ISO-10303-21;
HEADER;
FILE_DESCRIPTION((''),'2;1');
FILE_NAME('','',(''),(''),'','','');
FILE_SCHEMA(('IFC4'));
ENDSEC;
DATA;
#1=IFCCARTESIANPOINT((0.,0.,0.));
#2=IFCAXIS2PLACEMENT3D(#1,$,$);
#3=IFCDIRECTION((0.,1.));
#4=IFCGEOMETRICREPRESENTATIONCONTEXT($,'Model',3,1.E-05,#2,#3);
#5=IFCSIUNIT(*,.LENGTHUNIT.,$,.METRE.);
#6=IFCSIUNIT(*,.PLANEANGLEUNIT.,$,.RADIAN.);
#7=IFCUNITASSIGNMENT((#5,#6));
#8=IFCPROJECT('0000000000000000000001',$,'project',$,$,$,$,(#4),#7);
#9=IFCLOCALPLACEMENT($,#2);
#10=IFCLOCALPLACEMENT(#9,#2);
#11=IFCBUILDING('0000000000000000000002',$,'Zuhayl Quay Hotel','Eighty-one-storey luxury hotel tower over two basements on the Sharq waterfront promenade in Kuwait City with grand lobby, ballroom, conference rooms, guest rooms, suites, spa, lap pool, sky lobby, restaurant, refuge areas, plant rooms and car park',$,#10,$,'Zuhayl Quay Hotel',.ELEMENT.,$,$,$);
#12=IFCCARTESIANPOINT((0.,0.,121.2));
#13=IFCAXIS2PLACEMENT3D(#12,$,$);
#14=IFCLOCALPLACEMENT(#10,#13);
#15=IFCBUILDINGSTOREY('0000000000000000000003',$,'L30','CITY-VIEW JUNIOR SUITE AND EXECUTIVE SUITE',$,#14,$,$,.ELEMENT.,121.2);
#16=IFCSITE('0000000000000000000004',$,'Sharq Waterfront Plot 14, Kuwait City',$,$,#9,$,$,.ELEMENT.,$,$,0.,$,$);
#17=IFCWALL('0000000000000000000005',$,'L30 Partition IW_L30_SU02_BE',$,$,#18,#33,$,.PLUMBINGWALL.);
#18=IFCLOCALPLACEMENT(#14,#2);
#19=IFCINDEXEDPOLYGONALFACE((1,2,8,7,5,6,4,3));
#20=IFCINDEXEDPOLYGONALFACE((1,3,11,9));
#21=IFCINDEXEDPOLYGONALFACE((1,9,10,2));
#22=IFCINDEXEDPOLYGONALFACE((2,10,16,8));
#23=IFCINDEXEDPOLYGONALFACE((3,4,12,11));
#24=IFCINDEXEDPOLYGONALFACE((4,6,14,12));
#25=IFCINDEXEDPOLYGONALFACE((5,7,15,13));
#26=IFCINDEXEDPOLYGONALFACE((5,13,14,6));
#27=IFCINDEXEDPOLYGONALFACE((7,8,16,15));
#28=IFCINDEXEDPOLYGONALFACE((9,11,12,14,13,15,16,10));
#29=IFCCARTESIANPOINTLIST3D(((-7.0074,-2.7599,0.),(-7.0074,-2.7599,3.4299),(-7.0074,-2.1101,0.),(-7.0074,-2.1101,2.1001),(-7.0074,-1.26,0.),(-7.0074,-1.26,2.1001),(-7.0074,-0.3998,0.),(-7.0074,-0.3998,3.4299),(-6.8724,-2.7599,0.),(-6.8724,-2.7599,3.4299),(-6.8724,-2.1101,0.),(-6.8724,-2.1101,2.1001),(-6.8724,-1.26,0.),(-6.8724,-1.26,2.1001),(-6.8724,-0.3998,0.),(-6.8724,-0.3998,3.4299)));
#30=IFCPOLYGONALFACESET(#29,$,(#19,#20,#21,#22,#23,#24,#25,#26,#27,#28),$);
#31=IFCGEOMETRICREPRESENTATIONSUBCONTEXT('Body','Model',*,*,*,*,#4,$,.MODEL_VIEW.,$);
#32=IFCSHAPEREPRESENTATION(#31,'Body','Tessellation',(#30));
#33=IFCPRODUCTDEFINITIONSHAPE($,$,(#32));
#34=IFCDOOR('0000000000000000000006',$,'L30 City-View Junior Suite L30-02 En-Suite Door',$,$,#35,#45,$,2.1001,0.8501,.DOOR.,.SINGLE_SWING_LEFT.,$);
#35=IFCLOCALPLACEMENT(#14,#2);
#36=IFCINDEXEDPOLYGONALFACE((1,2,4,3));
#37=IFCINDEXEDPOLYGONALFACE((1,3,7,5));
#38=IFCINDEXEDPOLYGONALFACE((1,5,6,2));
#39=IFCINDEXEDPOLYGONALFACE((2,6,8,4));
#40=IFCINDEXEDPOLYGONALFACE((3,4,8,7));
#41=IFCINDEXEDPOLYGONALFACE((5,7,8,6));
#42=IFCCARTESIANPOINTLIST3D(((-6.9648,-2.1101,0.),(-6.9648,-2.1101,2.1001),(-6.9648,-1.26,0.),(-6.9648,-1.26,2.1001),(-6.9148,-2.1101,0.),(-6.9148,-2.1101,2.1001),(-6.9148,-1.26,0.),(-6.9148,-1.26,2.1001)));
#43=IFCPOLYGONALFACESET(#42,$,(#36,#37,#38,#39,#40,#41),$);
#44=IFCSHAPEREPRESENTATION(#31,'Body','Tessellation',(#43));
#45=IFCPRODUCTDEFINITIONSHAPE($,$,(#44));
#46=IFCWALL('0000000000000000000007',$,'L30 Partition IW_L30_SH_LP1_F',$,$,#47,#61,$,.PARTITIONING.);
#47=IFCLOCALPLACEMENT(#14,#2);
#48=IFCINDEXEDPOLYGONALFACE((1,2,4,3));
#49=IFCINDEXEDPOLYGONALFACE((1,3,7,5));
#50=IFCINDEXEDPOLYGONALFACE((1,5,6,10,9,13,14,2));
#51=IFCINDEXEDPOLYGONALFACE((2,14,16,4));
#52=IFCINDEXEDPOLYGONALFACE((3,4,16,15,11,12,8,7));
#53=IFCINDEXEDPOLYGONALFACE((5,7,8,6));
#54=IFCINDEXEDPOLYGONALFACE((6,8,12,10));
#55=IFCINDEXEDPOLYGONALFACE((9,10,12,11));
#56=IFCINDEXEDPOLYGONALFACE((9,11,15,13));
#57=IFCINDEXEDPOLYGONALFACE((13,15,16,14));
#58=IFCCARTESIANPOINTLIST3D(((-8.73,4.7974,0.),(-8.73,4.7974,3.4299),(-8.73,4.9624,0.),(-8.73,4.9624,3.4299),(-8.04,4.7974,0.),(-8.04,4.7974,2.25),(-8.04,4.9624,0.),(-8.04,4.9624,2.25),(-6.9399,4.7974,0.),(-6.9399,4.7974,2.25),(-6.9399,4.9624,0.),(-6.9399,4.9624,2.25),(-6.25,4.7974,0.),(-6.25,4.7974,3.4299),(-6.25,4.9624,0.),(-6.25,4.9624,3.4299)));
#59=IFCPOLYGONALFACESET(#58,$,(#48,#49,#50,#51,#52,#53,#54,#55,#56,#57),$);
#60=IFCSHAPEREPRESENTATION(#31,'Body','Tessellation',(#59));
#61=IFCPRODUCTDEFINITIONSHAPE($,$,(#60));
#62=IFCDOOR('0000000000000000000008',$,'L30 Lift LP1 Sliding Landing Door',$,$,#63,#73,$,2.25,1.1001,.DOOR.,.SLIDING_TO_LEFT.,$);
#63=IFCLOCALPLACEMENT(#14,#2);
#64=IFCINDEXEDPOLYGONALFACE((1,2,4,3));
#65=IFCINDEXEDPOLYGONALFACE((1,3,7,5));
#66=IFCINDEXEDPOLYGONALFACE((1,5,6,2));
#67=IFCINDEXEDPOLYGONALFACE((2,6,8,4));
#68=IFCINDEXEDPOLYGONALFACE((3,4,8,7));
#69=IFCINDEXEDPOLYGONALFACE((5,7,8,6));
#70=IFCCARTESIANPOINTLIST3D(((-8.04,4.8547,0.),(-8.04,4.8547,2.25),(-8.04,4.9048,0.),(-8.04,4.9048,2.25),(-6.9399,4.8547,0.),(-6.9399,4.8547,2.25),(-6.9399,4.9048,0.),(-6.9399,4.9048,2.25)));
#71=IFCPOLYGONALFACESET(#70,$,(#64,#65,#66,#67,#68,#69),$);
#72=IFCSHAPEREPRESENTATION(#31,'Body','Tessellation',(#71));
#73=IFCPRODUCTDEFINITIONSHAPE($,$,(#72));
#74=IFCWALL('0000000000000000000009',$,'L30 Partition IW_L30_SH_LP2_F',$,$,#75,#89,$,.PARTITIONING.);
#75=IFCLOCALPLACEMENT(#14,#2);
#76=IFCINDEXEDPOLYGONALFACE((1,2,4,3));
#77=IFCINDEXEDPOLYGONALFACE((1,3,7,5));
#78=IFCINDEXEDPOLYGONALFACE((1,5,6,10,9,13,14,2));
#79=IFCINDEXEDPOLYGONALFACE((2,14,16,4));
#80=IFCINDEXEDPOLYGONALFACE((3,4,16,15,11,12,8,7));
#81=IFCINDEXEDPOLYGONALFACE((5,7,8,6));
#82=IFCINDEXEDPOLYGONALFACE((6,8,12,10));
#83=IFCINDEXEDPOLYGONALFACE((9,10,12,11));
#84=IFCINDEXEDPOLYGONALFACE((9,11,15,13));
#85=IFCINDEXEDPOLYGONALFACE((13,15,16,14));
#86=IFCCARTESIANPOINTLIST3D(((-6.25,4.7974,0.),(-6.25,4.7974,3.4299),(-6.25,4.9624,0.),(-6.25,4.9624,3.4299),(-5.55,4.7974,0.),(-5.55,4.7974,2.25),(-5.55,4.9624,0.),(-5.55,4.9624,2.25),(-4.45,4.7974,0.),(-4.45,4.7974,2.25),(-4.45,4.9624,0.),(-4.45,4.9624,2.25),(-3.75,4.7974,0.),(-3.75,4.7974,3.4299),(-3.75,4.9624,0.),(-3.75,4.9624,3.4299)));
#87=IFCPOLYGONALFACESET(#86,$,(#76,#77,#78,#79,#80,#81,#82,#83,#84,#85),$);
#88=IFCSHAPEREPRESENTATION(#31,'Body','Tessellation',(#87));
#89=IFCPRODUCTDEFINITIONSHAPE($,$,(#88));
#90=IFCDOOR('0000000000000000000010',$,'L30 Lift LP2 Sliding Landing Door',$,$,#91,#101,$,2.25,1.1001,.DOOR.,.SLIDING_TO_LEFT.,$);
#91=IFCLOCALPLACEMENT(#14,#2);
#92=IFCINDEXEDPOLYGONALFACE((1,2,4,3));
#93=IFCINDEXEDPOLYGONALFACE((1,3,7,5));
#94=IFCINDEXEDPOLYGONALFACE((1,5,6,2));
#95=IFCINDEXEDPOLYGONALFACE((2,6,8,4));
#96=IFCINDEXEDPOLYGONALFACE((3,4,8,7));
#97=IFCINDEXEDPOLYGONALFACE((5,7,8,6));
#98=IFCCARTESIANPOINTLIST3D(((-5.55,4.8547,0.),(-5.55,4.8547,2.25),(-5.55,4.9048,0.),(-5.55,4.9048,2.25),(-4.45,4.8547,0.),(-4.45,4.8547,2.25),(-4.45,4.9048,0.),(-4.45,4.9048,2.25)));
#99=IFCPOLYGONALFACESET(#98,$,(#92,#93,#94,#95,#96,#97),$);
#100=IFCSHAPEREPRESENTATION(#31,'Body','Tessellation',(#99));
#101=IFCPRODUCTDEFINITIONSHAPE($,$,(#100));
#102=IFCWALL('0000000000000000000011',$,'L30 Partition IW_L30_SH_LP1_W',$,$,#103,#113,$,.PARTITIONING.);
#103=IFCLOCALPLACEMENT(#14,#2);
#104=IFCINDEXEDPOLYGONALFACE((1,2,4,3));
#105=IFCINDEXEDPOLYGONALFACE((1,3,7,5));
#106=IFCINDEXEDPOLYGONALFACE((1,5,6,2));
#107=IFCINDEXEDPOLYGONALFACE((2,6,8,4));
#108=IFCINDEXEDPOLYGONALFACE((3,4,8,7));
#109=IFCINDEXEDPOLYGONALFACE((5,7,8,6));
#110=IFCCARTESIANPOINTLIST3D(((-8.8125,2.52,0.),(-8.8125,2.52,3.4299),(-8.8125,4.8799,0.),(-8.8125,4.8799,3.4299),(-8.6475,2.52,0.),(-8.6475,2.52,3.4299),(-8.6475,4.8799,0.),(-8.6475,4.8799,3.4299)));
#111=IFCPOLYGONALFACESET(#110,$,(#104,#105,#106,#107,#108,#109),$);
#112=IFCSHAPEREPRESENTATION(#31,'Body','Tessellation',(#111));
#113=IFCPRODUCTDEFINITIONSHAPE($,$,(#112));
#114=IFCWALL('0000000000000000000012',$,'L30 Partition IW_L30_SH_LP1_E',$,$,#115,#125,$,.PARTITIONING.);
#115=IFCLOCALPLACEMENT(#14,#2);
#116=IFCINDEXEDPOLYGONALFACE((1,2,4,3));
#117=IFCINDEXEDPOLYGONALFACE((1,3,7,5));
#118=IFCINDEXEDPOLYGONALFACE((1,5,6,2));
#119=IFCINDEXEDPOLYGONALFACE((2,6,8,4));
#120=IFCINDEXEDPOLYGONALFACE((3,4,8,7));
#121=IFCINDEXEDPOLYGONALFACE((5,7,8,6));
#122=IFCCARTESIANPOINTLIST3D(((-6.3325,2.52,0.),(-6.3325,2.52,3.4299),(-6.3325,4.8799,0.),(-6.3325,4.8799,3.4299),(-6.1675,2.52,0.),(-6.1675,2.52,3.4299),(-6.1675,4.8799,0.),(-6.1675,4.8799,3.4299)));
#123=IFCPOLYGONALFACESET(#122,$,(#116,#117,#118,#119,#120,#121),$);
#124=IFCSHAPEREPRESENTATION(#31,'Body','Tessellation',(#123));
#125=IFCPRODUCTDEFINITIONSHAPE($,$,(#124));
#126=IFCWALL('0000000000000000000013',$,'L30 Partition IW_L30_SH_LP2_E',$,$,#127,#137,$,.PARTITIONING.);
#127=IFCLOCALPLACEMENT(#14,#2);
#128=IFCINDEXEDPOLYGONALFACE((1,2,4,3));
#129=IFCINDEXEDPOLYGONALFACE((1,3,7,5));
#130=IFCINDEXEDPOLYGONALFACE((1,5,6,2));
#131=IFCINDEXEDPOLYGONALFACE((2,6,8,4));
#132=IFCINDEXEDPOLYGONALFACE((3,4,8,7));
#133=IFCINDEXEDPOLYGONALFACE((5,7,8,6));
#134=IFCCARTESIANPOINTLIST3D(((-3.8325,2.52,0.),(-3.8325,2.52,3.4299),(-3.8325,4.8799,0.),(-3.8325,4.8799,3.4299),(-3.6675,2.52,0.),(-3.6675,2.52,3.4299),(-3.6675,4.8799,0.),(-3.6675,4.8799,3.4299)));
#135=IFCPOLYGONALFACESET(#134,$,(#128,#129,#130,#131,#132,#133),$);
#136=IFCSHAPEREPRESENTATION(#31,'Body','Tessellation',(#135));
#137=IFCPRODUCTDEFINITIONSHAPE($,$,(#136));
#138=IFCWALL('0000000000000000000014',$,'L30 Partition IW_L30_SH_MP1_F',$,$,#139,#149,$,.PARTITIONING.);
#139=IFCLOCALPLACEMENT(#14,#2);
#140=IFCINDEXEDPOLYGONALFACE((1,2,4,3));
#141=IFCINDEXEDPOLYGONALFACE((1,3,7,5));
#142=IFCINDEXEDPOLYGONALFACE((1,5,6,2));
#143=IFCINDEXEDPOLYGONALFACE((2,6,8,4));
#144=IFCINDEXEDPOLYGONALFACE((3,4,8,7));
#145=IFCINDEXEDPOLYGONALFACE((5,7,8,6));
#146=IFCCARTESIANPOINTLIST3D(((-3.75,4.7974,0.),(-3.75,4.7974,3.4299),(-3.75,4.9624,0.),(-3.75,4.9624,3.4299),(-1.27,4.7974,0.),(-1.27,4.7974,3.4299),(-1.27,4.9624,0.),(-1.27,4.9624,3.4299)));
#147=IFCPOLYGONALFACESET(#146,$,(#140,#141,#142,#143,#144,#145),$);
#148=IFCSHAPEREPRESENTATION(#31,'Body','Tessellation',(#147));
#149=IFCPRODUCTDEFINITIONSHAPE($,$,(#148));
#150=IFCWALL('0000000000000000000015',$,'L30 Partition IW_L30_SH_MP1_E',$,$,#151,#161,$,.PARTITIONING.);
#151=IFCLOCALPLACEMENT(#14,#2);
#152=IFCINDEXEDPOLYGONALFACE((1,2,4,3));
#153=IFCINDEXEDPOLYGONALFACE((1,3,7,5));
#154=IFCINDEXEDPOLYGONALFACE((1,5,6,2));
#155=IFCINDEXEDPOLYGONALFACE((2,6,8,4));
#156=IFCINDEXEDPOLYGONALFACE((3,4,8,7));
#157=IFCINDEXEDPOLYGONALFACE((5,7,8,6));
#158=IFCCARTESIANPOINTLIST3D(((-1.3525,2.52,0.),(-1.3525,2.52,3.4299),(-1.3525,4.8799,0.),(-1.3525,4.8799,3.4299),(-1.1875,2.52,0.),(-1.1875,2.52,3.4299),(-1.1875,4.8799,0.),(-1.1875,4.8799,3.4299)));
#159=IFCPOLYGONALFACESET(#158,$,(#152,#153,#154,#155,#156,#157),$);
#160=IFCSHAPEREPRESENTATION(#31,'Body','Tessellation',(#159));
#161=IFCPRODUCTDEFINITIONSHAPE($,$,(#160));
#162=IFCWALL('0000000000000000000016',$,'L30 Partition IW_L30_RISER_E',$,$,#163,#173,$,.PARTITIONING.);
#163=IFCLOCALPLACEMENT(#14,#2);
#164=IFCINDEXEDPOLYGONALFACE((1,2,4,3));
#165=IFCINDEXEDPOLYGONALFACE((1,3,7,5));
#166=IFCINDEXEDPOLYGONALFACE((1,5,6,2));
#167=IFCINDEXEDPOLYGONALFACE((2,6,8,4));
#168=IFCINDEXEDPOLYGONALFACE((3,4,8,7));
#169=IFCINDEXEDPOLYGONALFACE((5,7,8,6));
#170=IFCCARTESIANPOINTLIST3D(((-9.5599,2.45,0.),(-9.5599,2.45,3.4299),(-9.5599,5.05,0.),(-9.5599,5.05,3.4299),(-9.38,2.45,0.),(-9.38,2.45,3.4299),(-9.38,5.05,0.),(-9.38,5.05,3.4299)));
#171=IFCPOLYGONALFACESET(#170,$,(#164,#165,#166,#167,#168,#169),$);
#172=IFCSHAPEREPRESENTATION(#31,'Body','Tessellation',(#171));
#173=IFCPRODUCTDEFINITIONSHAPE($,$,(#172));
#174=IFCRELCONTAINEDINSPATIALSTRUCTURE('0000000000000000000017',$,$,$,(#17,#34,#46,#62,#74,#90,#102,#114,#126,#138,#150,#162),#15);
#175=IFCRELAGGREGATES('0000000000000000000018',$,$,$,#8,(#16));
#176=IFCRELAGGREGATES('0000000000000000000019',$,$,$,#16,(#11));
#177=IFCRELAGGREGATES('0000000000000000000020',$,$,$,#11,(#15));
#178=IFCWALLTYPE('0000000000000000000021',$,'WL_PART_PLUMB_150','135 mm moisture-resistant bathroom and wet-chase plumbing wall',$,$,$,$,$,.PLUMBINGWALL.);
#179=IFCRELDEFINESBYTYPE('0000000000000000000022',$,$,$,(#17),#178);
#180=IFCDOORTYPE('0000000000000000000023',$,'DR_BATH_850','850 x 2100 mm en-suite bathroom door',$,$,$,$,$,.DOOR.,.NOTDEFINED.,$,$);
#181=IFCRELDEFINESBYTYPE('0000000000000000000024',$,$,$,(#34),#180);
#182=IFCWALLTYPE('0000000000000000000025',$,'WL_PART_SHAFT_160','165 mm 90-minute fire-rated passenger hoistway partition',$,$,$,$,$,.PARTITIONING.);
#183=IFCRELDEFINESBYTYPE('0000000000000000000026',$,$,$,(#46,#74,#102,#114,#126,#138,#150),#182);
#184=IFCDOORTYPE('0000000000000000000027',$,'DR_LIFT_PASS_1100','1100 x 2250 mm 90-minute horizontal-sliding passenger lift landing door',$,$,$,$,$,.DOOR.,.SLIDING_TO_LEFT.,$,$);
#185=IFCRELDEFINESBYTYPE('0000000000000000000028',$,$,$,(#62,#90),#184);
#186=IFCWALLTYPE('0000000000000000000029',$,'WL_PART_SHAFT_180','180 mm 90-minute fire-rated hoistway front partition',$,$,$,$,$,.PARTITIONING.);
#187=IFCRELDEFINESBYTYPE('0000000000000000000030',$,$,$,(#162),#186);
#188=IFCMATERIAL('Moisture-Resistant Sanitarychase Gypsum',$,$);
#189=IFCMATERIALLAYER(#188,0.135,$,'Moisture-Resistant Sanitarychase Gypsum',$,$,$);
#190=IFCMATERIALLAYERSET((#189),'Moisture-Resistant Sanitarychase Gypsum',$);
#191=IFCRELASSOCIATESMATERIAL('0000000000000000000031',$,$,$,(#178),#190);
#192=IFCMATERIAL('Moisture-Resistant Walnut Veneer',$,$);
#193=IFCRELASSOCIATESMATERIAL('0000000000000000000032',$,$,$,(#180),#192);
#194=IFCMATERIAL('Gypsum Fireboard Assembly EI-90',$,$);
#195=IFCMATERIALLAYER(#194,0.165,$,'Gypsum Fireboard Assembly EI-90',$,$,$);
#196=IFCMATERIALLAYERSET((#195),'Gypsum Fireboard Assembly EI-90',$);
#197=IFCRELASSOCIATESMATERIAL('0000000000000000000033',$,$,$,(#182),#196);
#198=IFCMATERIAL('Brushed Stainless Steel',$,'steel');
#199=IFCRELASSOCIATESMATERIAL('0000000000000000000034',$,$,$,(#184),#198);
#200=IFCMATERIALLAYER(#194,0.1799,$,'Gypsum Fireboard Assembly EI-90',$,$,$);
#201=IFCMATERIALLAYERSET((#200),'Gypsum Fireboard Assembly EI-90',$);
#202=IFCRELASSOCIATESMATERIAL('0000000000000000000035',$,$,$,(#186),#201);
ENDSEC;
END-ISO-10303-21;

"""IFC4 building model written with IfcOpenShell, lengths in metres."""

from ifc_helpers import new_model, si_unit, direction, frame, frame_2d, origin, place, context, subcontext, project, spatial, rectangle, extrude, material, layer, layer_set, type_object, element, fill, save


model = new_model("IFC4")

# Units and contexts
model_context = context("Model", 3, precision=1e-05, world=origin(), true_north=direction((0.0, 1.0)))
body_context = subcontext(model_context, "Body", "Model", "MODEL_VIEW")
ifc_project = project(units=[si_unit("LENGTHUNIT", "METRE"), si_unit("PLANEANGLEUNIT", "RADIAN")], contexts=[model_context])

# Site, building, storey
site_placement = place(None, origin())
site = spatial("IfcSite", under=ifc_project, at=site_placement, Name="Sharq Waterfront Plot 14, Kuwait City", CompositionType="ELEMENT", RefElevation=0.0)
building_placement = place(site_placement, origin())
building = spatial("IfcBuilding", under=site, at=building_placement, Name="Zuhayl Quay Hotel", Description="Eighty-one-storey luxury hotel tower over two basements on the Sharq waterfront promenade in Kuwait City with grand lobby, ballroom, conference rooms, guest rooms, suites, spa, lap pool, sky lobby, restaurant, refuge areas, plant rooms and car park", LongName="Zuhayl Quay Hotel", CompositionType="ELEMENT")
storey_placement = place(building_placement, frame((0.0, 0.0, 121.2)))
storey = spatial("IfcBuildingStorey", under=building, at=storey_placement, Name="L30", Description="CITY-VIEW JUNIOR SUITE AND EXECUTIVE SUITE", CompositionType="ELEMENT", Elevation=121.2)

# Walls, openings, doors
ifc_material_1 = material(Name="Moisture-Resistant Sanitarychase Gypsum")
ifc_layer_1 = layer(ifc_material_1, 0.135, Name="Moisture-Resistant Sanitarychase Gypsum")
ifc_layer_set_1 = layer_set([ifc_layer_1], Name="Moisture-Resistant Sanitarychase Gypsum")
wall_type_1 = type_object("IfcWallType", Name="WL_PART_PLUMB_150", Description="135 mm moisture-resistant bathroom and wet-chase plumbing wall", PredefinedType="PLUMBINGWALL", material=ifc_layer_set_1)
wall_1_placement = place(storey_placement, frame((-6.9399, -2.76, 0.0), z_axis=(0.0, 0.0, 1.0), x_axis=(0.0, 1.0, 0.0)))
wall_1 = element("IfcWall", 1, at=wall_1_placement, inside=storey, type_object=wall_type_1, Name="L30 Partition IW_L30_SU02_BE", PredefinedType="PLUMBINGWALL", context=body_context, shape_type="SweptSolid", body=[
    extrude(rectangle(XDim=2.3601, YDim=0.135, at=frame_2d((1.1802, 0.0))), origin(), (0.0, 0.0, 1.0), 3.4299),
])
opening_1_placement = place(wall_1_placement, frame((0.6499, 0.0, 0.0)))
opening_1 = element("IfcOpeningElement", 2, at=opening_1_placement, cuts=wall_1, PredefinedType="OPENING", context=body_context, shape_type="SweptSolid", body=[
    extrude(rectangle(XDim=0.8501, YDim=2.1001, at=frame_2d((0.425, 1.05))), frame((0.0, 0.0774, 0.0), z_axis=(0.0, -1.0, 0.0), x_axis=(1.0, 0.0, 0.0)), (0.0, 0.0, 1.0), 0.155),
])
ifc_material_2 = material(Name="Moisture-Resistant Walnut Veneer")
door_type_1 = type_object("IfcDoorType", Name="DR_BATH_850", Description="850 x 2100 mm en-suite bathroom door", OperationType="NOTDEFINED", PredefinedType="DOOR", material=ifc_material_2)
door_1_placement = place(opening_1_placement, origin())
door_1 = element("IfcDoor", 3, at=door_1_placement, inside=storey, type_object=door_type_1, Name="L30 City-View Junior Suite L30-02 En-Suite Door", OperationType="SINGLE_SWING_LEFT", OverallHeight=2.1001, OverallWidth=0.8501, PredefinedType="DOOR", context=body_context, shape_type="SweptSolid", body=[
    extrude(rectangle(XDim=0.8501, YDim=2.1001, at=frame_2d((0.425, 1.05))), frame((0.0, 0.0249, 0.0), z_axis=(0.0, -1.0, 0.0), x_axis=(1.0, 0.0, 0.0)), (0.0, 0.0, 1.0), 0.05),
])
fill(opening_1, door_1)
ifc_material_3 = material(Name="Gypsum Fireboard Assembly EI-90")
ifc_layer_2 = layer(ifc_material_3, 0.165, Name="Gypsum Fireboard Assembly EI-90")
ifc_layer_set_2 = layer_set([ifc_layer_2], Name="Gypsum Fireboard Assembly EI-90")
wall_type_2 = type_object("IfcWallType", Name="WL_PART_SHAFT_160", Description="165 mm 90-minute fire-rated passenger hoistway partition", PredefinedType="PARTITIONING", material=ifc_layer_set_2)
wall_2_placement = place(storey_placement, frame((-8.73, 4.8799, 0.0), z_axis=(0.0, 0.0, 1.0), x_axis=(1.0, 0.0, 0.0)))
wall_2 = element("IfcWall", 4, at=wall_2_placement, inside=storey, type_object=wall_type_2, Name="L30 Partition IW_L30_SH_LP1_F", PredefinedType="PARTITIONING", context=body_context, shape_type="SweptSolid", body=[
    extrude(rectangle(XDim=2.48, YDim=0.165, at=frame_2d((1.24, 0.0))), origin(), (0.0, 0.0, 1.0), 3.4299),
])
opening_2_placement = place(wall_2_placement, frame((0.6899, 0.0, 0.0)))
opening_2 = element("IfcOpeningElement", 5, at=opening_2_placement, cuts=wall_2, PredefinedType="OPENING", context=body_context, shape_type="SweptSolid", body=[
    extrude(rectangle(XDim=1.1001, YDim=2.25, at=frame_2d((0.55, 1.125))), frame((0.0, 0.0925, 0.0), z_axis=(0.0, -1.0, 0.0), x_axis=(1.0, 0.0, 0.0)), (0.0, 0.0, 1.0), 0.1851),
])
ifc_material_4 = material(Name="Brushed Stainless Steel", Category="steel")
door_type_2 = type_object("IfcDoorType", Name="DR_LIFT_PASS_1100", Description="1100 x 2250 mm 90-minute horizontal-sliding passenger lift landing door", OperationType="SLIDING_TO_LEFT", PredefinedType="DOOR", material=ifc_material_4)
door_2_placement = place(opening_2_placement, origin())
door_2 = element("IfcDoor", 6, at=door_2_placement, inside=storey, type_object=door_type_2, Name="L30 Lift LP1 Sliding Landing Door", OperationType="SLIDING_TO_LEFT", OverallHeight=2.25, OverallWidth=1.1001, PredefinedType="DOOR", context=body_context, shape_type="SweptSolid", body=[
    extrude(rectangle(XDim=1.1001, YDim=2.25, at=frame_2d((0.55, 1.125))), frame((0.0, 0.0249, 0.0), z_axis=(0.0, -1.0, 0.0), x_axis=(1.0, 0.0, 0.0)), (0.0, 0.0, 1.0), 0.05),
])
fill(opening_2, door_2)
wall_3_placement = place(storey_placement, frame((-6.25, 4.8799, 0.0), z_axis=(0.0, 0.0, 1.0), x_axis=(1.0, 0.0, 0.0)))
wall_3 = element("IfcWall", 7, at=wall_3_placement, inside=storey, type_object=wall_type_2, Name="L30 Partition IW_L30_SH_LP2_F", PredefinedType="PARTITIONING", context=body_context, shape_type="SweptSolid", body=[
    extrude(rectangle(XDim=2.5, YDim=0.165, at=frame_2d((1.25, 0.0))), origin(), (0.0, 0.0, 1.0), 3.4299),
])
opening_3_placement = place(wall_3_placement, frame((0.7, 0.0, 0.0)))
opening_3 = element("IfcOpeningElement", 8, at=opening_3_placement, cuts=wall_3, PredefinedType="OPENING", context=body_context, shape_type="SweptSolid", body=[
    extrude(rectangle(XDim=1.1001, YDim=2.25, at=frame_2d((0.55, 1.125))), frame((0.0, 0.0925, 0.0), z_axis=(0.0, -1.0, 0.0), x_axis=(1.0, 0.0, 0.0)), (0.0, 0.0, 1.0), 0.1851),
])
door_3_placement = place(opening_3_placement, origin())
door_3 = element("IfcDoor", 9, at=door_3_placement, inside=storey, type_object=door_type_2, Name="L30 Lift LP2 Sliding Landing Door", OperationType="SLIDING_TO_LEFT", OverallHeight=2.25, OverallWidth=1.1001, PredefinedType="DOOR", context=body_context, shape_type="SweptSolid", body=[
    extrude(rectangle(XDim=1.1001, YDim=2.25, at=frame_2d((0.55, 1.125))), frame((0.0, 0.0249, 0.0), z_axis=(0.0, -1.0, 0.0), x_axis=(1.0, 0.0, 0.0)), (0.0, 0.0, 1.0), 0.05),
])
fill(opening_3, door_3)

# Walls
for number, where, z_axis, x_axis, name in (
    (10, (-8.73, 2.52, 0.0), (0.0, 0.0, 1.0), (0.0, 1.0, 0.0), "L30 Partition IW_L30_SH_LP1_W"),
    (11, (-6.25, 2.52, 0.0), (0.0, 0.0, 1.0), (0.0, 1.0, 0.0), "L30 Partition IW_L30_SH_LP1_E"),
    (12, (-3.75, 2.52, 0.0), (0.0, 0.0, 1.0), (0.0, 1.0, 0.0), "L30 Partition IW_L30_SH_LP2_E"),
):
    element("IfcWall", number, at=place(storey_placement, frame(where, z_axis=z_axis, x_axis=x_axis)), inside=storey, type_object=wall_type_2, Name=name, PredefinedType="PARTITIONING", context=body_context, shape_type="SweptSolid", body=[
        extrude(rectangle(XDim=2.3599, YDim=0.165, at=frame_2d((1.1799, 0.0))), origin(), (0.0, 0.0, 1.0), 3.4299),
    ])
wall_4_placement = place(storey_placement, frame((-3.75, 4.8799, 0.0), z_axis=(0.0, 0.0, 1.0), x_axis=(1.0, 0.0, 0.0)))
element("IfcWall", 13, at=wall_4_placement, inside=storey, type_object=wall_type_2, Name="L30 Partition IW_L30_SH_MP1_F", PredefinedType="PARTITIONING", context=body_context, shape_type="SweptSolid", body=[
    extrude(rectangle(XDim=2.48, YDim=0.165, at=frame_2d((1.24, 0.0))), origin(), (0.0, 0.0, 1.0), 3.4299),
])
wall_5_placement = place(storey_placement, frame((-1.27, 2.52, 0.0), z_axis=(0.0, 0.0, 1.0), x_axis=(0.0, 1.0, 0.0)))
element("IfcWall", 14, at=wall_5_placement, inside=storey, type_object=wall_type_2, Name="L30 Partition IW_L30_SH_MP1_E", PredefinedType="PARTITIONING", context=body_context, shape_type="SweptSolid", body=[
    extrude(rectangle(XDim=2.3599, YDim=0.165, at=frame_2d((1.1799, 0.0))), origin(), (0.0, 0.0, 1.0), 3.4299),
])
ifc_layer_3 = layer(ifc_material_3, 0.1799, Name="Gypsum Fireboard Assembly EI-90")
ifc_layer_set_3 = layer_set([ifc_layer_3], Name="Gypsum Fireboard Assembly EI-90")
wall_type_3 = type_object("IfcWallType", Name="WL_PART_SHAFT_180", Description="180 mm 90-minute fire-rated hoistway front partition", PredefinedType="PARTITIONING", material=ifc_layer_set_3)
wall_6_placement = place(storey_placement, frame((-9.47, 2.45, 0.0), z_axis=(0.0, 0.0, 1.0), x_axis=(0.0, 1.0, 0.0)))
element("IfcWall", 15, at=wall_6_placement, inside=storey, type_object=wall_type_3, Name="L30 Partition IW_L30_RISER_E", PredefinedType="PARTITIONING", context=body_context, shape_type="SweptSolid", body=[
    extrude(rectangle(XDim=2.6001, YDim=0.1799, at=frame_2d((1.3, 0.0))), origin(), (0.0, 0.0, 1.0), 3.4299),
])

save(model, "model.ifc")
